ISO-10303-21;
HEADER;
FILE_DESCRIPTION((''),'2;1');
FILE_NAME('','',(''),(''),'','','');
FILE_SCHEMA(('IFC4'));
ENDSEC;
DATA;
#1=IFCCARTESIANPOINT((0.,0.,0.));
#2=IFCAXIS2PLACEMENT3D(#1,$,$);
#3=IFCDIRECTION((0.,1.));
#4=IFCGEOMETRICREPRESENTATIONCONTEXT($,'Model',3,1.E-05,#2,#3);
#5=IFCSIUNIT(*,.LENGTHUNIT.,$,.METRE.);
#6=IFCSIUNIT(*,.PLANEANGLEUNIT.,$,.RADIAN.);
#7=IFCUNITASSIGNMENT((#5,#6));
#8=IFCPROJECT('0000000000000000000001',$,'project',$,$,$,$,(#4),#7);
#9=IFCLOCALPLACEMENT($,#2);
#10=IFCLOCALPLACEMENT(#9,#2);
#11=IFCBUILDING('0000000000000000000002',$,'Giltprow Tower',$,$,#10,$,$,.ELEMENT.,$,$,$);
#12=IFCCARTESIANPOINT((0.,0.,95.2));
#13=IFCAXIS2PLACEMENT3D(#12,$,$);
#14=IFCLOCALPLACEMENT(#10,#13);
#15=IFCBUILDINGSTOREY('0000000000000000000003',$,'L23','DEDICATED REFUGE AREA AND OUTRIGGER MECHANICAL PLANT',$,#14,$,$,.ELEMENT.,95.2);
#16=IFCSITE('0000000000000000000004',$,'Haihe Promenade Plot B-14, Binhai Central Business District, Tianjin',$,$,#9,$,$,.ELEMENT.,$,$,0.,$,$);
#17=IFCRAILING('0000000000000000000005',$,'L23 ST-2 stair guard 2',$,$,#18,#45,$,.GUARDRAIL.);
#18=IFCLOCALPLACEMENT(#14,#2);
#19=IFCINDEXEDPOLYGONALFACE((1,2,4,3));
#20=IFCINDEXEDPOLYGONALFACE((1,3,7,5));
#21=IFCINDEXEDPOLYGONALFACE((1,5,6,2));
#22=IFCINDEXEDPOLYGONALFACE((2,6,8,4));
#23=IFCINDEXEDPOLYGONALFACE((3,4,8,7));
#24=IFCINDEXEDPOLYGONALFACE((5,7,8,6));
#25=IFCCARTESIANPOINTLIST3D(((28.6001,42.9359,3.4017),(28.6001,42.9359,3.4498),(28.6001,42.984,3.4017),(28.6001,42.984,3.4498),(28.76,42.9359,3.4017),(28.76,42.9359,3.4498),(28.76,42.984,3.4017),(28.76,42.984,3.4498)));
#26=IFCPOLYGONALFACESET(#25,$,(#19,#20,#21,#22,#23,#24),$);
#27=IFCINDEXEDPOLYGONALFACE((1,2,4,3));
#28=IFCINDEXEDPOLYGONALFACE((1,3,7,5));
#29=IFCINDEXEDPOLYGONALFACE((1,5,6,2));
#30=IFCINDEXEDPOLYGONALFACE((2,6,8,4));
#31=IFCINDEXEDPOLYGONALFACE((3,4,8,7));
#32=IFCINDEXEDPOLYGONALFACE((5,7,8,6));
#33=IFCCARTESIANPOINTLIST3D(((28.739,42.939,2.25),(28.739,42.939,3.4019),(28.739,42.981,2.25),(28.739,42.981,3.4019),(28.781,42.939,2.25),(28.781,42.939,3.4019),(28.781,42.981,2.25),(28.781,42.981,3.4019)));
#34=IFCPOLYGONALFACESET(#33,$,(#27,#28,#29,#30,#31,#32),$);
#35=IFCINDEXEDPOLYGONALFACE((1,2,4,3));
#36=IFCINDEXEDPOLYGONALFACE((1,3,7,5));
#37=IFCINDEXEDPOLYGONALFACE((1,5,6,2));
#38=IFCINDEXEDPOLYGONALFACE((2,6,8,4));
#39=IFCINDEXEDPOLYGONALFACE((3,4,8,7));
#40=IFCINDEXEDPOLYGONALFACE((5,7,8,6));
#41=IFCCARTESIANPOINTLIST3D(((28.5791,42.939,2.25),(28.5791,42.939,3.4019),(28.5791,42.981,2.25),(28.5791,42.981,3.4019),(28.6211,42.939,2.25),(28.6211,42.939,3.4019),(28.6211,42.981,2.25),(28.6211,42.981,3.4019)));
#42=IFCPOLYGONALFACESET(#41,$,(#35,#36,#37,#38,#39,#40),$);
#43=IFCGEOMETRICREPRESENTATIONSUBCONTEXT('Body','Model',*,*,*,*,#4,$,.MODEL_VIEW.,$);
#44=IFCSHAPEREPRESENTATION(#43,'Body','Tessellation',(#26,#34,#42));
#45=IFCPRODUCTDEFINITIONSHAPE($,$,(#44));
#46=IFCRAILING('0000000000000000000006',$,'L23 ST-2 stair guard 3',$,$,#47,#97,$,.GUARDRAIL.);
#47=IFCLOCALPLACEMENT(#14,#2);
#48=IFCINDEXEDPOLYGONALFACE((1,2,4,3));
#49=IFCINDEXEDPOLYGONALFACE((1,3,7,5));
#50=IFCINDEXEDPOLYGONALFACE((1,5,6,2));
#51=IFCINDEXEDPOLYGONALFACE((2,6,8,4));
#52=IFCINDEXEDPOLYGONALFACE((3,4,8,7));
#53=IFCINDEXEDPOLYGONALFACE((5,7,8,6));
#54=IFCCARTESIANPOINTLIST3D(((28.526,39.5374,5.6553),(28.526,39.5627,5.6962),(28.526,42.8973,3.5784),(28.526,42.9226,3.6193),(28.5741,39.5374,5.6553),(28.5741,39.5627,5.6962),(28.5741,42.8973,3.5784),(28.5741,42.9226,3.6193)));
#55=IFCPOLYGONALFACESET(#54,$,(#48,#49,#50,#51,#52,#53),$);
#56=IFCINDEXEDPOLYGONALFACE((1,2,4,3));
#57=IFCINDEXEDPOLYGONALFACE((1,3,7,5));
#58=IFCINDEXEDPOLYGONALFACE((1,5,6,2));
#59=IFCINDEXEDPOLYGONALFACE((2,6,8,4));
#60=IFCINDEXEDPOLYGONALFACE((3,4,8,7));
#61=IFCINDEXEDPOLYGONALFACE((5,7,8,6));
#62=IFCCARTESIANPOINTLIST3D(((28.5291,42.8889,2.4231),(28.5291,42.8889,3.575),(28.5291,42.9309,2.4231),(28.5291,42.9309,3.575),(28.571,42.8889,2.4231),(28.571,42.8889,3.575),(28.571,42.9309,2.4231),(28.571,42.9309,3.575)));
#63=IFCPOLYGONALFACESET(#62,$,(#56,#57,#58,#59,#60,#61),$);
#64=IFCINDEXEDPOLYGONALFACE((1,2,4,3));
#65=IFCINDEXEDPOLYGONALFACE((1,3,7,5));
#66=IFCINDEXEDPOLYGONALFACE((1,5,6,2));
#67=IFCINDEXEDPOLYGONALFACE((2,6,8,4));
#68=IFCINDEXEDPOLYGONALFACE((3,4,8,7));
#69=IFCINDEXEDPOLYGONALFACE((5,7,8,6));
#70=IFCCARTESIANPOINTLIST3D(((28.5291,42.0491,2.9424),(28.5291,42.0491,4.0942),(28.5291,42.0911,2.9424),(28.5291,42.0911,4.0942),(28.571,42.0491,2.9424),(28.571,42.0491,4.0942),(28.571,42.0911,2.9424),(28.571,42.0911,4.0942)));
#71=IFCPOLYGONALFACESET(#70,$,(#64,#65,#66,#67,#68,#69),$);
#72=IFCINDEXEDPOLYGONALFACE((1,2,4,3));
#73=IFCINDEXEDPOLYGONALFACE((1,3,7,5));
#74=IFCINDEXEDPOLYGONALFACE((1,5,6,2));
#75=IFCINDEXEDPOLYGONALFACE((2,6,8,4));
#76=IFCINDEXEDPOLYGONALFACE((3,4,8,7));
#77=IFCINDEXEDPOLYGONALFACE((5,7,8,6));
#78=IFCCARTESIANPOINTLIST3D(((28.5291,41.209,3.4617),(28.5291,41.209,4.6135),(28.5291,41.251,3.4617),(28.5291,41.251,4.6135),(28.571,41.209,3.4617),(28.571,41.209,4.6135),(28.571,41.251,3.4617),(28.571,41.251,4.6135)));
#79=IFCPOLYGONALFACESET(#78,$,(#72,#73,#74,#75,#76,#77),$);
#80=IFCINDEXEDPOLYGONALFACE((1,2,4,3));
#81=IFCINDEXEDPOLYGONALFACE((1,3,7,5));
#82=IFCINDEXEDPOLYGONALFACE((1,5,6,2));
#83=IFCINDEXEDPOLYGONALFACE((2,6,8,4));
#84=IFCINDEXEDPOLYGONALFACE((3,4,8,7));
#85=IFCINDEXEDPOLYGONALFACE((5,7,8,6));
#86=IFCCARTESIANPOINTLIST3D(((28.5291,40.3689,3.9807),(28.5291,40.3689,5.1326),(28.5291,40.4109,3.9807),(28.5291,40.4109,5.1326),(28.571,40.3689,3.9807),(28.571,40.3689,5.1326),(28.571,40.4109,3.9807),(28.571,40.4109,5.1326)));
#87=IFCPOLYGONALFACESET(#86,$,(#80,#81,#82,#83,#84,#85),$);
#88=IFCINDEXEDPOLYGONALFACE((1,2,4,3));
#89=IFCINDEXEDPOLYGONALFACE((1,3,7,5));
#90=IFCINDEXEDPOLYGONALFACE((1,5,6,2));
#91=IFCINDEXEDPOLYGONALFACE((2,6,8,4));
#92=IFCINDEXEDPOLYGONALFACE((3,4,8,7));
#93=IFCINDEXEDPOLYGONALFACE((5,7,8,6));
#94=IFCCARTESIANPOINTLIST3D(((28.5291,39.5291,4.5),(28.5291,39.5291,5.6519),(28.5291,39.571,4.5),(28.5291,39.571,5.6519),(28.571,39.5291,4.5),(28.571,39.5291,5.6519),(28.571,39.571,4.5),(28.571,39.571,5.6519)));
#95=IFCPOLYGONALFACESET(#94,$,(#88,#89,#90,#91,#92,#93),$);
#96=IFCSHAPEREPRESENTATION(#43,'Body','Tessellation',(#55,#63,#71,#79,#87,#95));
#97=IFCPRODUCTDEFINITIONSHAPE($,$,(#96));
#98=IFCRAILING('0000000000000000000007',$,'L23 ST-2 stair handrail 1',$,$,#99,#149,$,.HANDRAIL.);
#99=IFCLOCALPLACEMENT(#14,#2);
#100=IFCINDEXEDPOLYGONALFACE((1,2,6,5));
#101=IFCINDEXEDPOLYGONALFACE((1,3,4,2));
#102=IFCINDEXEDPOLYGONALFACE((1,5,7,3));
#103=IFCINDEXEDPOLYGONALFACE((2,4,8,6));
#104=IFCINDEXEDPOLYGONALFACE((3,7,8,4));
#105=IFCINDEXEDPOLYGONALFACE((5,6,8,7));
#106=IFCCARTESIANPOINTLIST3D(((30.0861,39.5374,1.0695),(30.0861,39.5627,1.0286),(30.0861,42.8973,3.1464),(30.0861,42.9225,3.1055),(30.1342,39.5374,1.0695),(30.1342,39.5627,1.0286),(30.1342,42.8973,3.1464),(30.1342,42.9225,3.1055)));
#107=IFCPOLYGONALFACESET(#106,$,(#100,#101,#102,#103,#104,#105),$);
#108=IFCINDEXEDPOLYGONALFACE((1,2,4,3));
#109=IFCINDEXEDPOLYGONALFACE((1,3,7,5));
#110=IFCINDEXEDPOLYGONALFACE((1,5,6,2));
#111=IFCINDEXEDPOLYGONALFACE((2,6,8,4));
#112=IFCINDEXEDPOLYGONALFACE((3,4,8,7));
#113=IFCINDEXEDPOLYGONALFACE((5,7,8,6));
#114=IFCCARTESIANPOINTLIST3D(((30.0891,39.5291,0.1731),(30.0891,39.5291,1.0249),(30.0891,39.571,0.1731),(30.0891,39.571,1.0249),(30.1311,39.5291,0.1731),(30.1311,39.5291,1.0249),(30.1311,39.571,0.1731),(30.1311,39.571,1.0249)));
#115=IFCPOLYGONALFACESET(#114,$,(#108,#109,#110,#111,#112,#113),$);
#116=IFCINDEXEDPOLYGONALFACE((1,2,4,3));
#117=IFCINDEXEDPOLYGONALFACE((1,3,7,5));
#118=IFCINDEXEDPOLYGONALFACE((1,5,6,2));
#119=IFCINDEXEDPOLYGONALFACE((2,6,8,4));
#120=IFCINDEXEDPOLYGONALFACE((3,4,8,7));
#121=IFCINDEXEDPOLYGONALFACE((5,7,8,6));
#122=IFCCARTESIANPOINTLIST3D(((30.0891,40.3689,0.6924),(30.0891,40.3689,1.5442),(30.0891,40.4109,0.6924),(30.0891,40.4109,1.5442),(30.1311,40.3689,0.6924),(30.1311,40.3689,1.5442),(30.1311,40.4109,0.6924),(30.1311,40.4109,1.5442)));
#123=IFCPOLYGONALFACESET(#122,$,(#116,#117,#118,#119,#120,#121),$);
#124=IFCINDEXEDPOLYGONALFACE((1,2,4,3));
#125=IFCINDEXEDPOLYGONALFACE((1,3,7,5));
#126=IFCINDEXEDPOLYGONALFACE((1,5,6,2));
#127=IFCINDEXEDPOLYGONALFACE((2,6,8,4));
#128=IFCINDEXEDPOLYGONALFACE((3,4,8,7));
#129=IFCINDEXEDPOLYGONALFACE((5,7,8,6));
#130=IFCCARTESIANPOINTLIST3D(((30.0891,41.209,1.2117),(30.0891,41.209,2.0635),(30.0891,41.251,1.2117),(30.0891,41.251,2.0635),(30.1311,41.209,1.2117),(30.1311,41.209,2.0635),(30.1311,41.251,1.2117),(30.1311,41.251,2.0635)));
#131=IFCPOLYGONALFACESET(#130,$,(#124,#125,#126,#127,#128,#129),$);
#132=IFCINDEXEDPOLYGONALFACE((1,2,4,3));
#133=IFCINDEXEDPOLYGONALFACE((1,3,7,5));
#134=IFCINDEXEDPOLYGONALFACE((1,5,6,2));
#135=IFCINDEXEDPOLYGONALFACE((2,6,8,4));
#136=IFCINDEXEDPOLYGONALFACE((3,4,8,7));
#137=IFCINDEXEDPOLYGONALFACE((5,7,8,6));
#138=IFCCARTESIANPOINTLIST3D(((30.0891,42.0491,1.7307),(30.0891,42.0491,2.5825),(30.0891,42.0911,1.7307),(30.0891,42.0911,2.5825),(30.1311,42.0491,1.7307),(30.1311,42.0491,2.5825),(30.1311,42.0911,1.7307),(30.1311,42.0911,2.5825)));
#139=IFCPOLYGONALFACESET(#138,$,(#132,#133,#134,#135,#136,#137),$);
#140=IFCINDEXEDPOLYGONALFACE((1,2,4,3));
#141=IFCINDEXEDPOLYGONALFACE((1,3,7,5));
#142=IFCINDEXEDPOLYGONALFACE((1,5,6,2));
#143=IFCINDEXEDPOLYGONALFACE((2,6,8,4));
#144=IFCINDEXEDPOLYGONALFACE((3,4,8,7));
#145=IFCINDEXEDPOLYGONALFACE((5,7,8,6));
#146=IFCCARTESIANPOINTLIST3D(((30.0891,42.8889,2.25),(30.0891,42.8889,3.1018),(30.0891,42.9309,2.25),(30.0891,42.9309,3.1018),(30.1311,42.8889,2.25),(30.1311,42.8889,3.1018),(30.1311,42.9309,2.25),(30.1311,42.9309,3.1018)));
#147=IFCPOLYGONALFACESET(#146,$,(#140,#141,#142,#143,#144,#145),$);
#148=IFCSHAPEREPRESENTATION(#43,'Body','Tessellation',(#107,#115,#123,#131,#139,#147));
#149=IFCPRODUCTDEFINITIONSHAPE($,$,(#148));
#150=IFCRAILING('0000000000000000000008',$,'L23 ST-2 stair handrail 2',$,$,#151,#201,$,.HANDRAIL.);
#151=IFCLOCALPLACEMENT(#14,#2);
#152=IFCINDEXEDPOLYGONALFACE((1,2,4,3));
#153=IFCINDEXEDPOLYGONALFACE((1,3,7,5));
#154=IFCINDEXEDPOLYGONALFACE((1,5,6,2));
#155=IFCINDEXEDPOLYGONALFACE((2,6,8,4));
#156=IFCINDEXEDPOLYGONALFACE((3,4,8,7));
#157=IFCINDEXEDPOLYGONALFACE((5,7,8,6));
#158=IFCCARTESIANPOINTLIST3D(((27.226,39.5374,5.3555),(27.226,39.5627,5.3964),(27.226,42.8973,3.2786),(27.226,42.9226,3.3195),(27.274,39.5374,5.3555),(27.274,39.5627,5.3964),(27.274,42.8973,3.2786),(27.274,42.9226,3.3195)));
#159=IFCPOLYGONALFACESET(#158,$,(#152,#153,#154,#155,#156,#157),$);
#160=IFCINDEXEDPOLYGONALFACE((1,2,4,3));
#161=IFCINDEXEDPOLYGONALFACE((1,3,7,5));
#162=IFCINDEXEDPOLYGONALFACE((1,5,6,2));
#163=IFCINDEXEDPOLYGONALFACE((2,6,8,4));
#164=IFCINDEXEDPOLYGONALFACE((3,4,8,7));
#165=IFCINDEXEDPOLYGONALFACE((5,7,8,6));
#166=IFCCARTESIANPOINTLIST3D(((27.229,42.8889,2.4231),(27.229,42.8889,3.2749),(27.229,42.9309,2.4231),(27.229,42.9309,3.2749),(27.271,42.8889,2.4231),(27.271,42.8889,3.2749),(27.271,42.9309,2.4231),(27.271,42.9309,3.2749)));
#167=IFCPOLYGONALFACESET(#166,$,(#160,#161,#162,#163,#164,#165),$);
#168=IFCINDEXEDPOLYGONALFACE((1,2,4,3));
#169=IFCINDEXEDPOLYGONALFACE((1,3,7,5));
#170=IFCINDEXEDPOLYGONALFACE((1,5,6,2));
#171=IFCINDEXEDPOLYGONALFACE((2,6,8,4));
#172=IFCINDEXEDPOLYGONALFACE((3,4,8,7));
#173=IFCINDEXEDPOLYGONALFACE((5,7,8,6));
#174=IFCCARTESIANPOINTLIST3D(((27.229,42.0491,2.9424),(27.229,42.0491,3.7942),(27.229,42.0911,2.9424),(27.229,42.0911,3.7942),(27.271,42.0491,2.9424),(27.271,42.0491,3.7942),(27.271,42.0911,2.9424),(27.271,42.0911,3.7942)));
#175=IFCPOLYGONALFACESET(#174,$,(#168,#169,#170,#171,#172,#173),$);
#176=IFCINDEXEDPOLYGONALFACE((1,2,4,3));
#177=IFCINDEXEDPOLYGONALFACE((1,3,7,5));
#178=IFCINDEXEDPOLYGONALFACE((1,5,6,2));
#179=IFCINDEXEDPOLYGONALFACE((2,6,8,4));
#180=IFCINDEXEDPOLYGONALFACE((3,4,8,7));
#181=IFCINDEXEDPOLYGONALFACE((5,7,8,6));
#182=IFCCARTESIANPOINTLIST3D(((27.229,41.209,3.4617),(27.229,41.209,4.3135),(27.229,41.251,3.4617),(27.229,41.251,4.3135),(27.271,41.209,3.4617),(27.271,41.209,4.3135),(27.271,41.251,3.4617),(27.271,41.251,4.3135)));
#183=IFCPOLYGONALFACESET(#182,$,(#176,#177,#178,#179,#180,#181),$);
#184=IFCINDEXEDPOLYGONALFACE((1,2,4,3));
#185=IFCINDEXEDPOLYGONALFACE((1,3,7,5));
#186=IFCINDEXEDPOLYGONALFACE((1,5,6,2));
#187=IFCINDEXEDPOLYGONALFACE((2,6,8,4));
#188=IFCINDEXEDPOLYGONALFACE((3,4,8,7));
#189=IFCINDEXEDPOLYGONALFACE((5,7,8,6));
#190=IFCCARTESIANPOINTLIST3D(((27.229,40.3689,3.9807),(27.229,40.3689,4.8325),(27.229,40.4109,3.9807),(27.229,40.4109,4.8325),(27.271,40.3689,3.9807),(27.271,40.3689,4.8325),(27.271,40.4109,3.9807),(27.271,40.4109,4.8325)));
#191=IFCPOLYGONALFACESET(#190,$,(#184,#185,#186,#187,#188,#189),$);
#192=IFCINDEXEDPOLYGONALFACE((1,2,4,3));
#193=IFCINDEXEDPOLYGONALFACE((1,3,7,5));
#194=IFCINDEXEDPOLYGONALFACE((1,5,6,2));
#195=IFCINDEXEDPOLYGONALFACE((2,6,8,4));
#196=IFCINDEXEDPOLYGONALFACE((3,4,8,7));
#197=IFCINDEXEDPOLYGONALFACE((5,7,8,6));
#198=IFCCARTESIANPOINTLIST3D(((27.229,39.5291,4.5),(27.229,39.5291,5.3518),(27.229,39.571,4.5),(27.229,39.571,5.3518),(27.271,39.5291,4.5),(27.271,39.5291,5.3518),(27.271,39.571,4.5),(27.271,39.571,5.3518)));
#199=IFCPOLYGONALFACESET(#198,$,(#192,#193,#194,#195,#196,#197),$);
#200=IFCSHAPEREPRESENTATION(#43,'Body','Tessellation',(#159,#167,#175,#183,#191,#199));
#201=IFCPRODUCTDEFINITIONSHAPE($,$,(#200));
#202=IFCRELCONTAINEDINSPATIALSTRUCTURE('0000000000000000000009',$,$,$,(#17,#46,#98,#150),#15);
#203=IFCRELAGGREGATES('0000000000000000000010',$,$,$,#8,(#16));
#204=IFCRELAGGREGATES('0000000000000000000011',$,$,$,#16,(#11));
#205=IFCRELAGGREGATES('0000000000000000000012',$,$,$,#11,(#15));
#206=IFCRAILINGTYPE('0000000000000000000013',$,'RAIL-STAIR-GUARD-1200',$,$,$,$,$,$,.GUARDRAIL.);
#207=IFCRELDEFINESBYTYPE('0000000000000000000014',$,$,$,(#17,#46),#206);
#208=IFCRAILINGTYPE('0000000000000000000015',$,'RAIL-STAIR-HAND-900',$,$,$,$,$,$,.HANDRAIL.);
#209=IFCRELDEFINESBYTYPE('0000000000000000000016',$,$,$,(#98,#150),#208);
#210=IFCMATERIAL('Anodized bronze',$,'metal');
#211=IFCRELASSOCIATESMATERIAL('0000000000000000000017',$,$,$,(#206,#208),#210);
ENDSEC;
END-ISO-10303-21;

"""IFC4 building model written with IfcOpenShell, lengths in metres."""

from ifc_helpers import new_model, si_unit, direction, frame, origin, origin_2d, place, context, subcontext, project, spatial, rectangle, extrude, material, type_object, element, save


model = new_model("IFC4")

# Units and contexts
model_context = context("Model", 3, precision=1e-05, world=origin(), true_north=direction((0.0, 1.0)))
body_context = subcontext(model_context, "Body", "Model", "MODEL_VIEW")
ifc_project = project(units=[si_unit("LENGTHUNIT", "METRE"), si_unit("PLANEANGLEUNIT", "RADIAN")], contexts=[model_context])

# Site, building, storey
site_placement = place(None, origin())
site = spatial("IfcSite", under=ifc_project, at=site_placement, Name="Haihe Promenade Plot B-14, Binhai Central Business District, Tianjin", CompositionType="ELEMENT", RefElevation=0.0)
building_placement = place(site_placement, origin())
building = spatial("IfcBuilding", under=site, at=building_placement, Name="Giltprow Tower", CompositionType="ELEMENT")
storey_placement = place(building_placement, frame((0.0, 0.0, 95.2)))
storey = spatial("IfcBuildingStorey", under=building, at=storey_placement, Name="L23", Description="DEDICATED REFUGE AREA AND OUTRIGGER MECHANICAL PLANT", CompositionType="ELEMENT", Elevation=95.2)

# Railings
ifc_material_1 = material(Name="Anodized bronze", Category="metal")
railing_type_1 = type_object("IfcRailingType", Name="RAIL-STAIR-GUARD-1200", PredefinedType="GUARDRAIL", material=ifc_material_1)
for number, where, name in (
    (1, (28.76, 42.96, 2.25), "L23 ST-2 stair guard 2"),
):
    element("IfcRailing", number, at=place(storey_placement, frame(where)), inside=storey, type_object=railing_type_1, Name=name, PredefinedType="GUARDRAIL", context=body_context, shape_type="SweptSolid", body=[
        extrude(rectangle(XDim=0.0481, YDim=0.0481, at=origin_2d()), frame((0.0, 0.0, 1.1758), z_axis=(-1.0, 0.0, 0.0), x_axis=(0.0, -1.0, 0.0)), (0.0, 0.0, 1.0), 0.1599),
        extrude(rectangle(XDim=0.042, YDim=0.042, at=origin_2d()), origin(), (0.0, 0.0, 1.0), 1.1519),
        extrude(rectangle(XDim=0.042, YDim=0.042, at=origin_2d()), frame((-0.1599, 0.0, 0.0)), (0.0, 0.0, 1.0), 1.1519),
    ])
railing_1_placement = place(storey_placement, frame((28.55, 42.9099, 2.4231)))
element("IfcRailing", 2, at=railing_1_placement, inside=storey, type_object=railing_type_1, Name="L23 ST-2 stair guard 3", PredefinedType="GUARDRAIL", context=body_context, shape_type="SweptSolid", body=[
    extrude(rectangle(XDim=0.0481, YDim=0.0481, at=origin_2d()), frame((0.0, 0.0, 1.1758), z_axis=(0.0, -0.850606, 0.525803), x_axis=(1.0, 0.0, 0.0)), (0.0, 0.0, 1.0), 3.95),
    extrude(rectangle(XDim=0.042, YDim=0.042, at=origin_2d()), origin(), (0.0, 0.0, 1.0), 1.1519),
    extrude(rectangle(XDim=0.042, YDim=0.042, at=origin_2d()), frame((0.0, -0.8398, 0.5193)), (0.0, 0.0, 1.0), 1.1519),
    extrude(rectangle(XDim=0.042, YDim=0.042, at=origin_2d()), frame((0.0, -1.6799, 1.0386)), (0.0, 0.0, 1.0), 1.1519),
    extrude(rectangle(XDim=0.042, YDim=0.042, at=origin_2d()), frame((0.0, -2.52, 1.5576)), (0.0, 0.0, 1.0), 1.1519),
    extrude(rectangle(XDim=0.042, YDim=0.042, at=origin_2d()), frame((0.0, -3.3599, 2.0769)), (0.0, 0.0, 1.0), 1.1519),
])
railing_type_2 = type_object("IfcRailingType", Name="RAIL-STAIR-HAND-900", PredefinedType="HANDRAIL", material=ifc_material_1)
railing_2_placement = place(storey_placement, frame((30.1101, 39.55, 0.1731)))
element("IfcRailing", 3, at=railing_2_placement, inside=storey, type_object=railing_type_2, Name="L23 ST-2 stair handrail 1", PredefinedType="HANDRAIL", context=body_context, shape_type="SweptSolid", body=[
    extrude(rectangle(XDim=0.0481, YDim=0.0481, at=origin_2d()), frame((0.0, 0.0, 0.876), z_axis=(0.0, 0.850606, 0.525803), x_axis=(-1.0, 0.0, 0.0)), (0.0, 0.0, 1.0), 3.95),
    extrude(rectangle(XDim=0.042, YDim=0.042, at=origin_2d()), origin(), (0.0, 0.0, 1.0), 0.8518),
    extrude(rectangle(XDim=0.042, YDim=0.042, at=origin_2d()), frame((0.0, 0.8398, 0.5193)), (0.0, 0.0, 1.0), 0.8518),
    extrude(rectangle(XDim=0.042, YDim=0.042, at=origin_2d()), frame((0.0, 1.6799, 1.0386)), (0.0, 0.0, 1.0), 0.8518),
    extrude(rectangle(XDim=0.042, YDim=0.042, at=origin_2d()), frame((0.0, 2.52, 1.5576)), (0.0, 0.0, 1.0), 0.8518),
    extrude(rectangle(XDim=0.042, YDim=0.042, at=origin_2d()), frame((0.0, 3.3599, 2.0769)), (0.0, 0.0, 1.0), 0.8518),
])
railing_3_placement = place(storey_placement, frame((27.25, 42.9099, 2.4231)))
element("IfcRailing", 4, at=railing_3_placement, inside=storey, type_object=railing_type_2, Name="L23 ST-2 stair handrail 2", PredefinedType="HANDRAIL", context=body_context, shape_type="SweptSolid", body=[
    extrude(rectangle(XDim=0.0481, YDim=0.0481, at=origin_2d()), frame((0.0, 0.0, 0.876), z_axis=(0.0, -0.850606, 0.525803), x_axis=(1.0, 0.0, 0.0)), (0.0, 0.0, 1.0), 3.95),
    extrude(rectangle(XDim=0.042, YDim=0.042, at=origin_2d()), origin(), (0.0, 0.0, 1.0), 0.8518),
    extrude(rectangle(XDim=0.042, YDim=0.042, at=origin_2d()), frame((0.0, -0.8398, 0.5193)), (0.0, 0.0, 1.0), 0.8518),
    extrude(rectangle(XDim=0.042, YDim=0.042, at=origin_2d()), frame((0.0, -1.6799, 1.0386)), (0.0, 0.0, 1.0), 0.8518),
    extrude(rectangle(XDim=0.042, YDim=0.042, at=origin_2d()), frame((0.0, -2.52, 1.5576)), (0.0, 0.0, 1.0), 0.8518),
    extrude(rectangle(XDim=0.042, YDim=0.042, at=origin_2d()), frame((0.0, -3.3599, 2.0769)), (0.0, 0.0, 1.0), 0.8518),
])

save(model, "model.ifc")
